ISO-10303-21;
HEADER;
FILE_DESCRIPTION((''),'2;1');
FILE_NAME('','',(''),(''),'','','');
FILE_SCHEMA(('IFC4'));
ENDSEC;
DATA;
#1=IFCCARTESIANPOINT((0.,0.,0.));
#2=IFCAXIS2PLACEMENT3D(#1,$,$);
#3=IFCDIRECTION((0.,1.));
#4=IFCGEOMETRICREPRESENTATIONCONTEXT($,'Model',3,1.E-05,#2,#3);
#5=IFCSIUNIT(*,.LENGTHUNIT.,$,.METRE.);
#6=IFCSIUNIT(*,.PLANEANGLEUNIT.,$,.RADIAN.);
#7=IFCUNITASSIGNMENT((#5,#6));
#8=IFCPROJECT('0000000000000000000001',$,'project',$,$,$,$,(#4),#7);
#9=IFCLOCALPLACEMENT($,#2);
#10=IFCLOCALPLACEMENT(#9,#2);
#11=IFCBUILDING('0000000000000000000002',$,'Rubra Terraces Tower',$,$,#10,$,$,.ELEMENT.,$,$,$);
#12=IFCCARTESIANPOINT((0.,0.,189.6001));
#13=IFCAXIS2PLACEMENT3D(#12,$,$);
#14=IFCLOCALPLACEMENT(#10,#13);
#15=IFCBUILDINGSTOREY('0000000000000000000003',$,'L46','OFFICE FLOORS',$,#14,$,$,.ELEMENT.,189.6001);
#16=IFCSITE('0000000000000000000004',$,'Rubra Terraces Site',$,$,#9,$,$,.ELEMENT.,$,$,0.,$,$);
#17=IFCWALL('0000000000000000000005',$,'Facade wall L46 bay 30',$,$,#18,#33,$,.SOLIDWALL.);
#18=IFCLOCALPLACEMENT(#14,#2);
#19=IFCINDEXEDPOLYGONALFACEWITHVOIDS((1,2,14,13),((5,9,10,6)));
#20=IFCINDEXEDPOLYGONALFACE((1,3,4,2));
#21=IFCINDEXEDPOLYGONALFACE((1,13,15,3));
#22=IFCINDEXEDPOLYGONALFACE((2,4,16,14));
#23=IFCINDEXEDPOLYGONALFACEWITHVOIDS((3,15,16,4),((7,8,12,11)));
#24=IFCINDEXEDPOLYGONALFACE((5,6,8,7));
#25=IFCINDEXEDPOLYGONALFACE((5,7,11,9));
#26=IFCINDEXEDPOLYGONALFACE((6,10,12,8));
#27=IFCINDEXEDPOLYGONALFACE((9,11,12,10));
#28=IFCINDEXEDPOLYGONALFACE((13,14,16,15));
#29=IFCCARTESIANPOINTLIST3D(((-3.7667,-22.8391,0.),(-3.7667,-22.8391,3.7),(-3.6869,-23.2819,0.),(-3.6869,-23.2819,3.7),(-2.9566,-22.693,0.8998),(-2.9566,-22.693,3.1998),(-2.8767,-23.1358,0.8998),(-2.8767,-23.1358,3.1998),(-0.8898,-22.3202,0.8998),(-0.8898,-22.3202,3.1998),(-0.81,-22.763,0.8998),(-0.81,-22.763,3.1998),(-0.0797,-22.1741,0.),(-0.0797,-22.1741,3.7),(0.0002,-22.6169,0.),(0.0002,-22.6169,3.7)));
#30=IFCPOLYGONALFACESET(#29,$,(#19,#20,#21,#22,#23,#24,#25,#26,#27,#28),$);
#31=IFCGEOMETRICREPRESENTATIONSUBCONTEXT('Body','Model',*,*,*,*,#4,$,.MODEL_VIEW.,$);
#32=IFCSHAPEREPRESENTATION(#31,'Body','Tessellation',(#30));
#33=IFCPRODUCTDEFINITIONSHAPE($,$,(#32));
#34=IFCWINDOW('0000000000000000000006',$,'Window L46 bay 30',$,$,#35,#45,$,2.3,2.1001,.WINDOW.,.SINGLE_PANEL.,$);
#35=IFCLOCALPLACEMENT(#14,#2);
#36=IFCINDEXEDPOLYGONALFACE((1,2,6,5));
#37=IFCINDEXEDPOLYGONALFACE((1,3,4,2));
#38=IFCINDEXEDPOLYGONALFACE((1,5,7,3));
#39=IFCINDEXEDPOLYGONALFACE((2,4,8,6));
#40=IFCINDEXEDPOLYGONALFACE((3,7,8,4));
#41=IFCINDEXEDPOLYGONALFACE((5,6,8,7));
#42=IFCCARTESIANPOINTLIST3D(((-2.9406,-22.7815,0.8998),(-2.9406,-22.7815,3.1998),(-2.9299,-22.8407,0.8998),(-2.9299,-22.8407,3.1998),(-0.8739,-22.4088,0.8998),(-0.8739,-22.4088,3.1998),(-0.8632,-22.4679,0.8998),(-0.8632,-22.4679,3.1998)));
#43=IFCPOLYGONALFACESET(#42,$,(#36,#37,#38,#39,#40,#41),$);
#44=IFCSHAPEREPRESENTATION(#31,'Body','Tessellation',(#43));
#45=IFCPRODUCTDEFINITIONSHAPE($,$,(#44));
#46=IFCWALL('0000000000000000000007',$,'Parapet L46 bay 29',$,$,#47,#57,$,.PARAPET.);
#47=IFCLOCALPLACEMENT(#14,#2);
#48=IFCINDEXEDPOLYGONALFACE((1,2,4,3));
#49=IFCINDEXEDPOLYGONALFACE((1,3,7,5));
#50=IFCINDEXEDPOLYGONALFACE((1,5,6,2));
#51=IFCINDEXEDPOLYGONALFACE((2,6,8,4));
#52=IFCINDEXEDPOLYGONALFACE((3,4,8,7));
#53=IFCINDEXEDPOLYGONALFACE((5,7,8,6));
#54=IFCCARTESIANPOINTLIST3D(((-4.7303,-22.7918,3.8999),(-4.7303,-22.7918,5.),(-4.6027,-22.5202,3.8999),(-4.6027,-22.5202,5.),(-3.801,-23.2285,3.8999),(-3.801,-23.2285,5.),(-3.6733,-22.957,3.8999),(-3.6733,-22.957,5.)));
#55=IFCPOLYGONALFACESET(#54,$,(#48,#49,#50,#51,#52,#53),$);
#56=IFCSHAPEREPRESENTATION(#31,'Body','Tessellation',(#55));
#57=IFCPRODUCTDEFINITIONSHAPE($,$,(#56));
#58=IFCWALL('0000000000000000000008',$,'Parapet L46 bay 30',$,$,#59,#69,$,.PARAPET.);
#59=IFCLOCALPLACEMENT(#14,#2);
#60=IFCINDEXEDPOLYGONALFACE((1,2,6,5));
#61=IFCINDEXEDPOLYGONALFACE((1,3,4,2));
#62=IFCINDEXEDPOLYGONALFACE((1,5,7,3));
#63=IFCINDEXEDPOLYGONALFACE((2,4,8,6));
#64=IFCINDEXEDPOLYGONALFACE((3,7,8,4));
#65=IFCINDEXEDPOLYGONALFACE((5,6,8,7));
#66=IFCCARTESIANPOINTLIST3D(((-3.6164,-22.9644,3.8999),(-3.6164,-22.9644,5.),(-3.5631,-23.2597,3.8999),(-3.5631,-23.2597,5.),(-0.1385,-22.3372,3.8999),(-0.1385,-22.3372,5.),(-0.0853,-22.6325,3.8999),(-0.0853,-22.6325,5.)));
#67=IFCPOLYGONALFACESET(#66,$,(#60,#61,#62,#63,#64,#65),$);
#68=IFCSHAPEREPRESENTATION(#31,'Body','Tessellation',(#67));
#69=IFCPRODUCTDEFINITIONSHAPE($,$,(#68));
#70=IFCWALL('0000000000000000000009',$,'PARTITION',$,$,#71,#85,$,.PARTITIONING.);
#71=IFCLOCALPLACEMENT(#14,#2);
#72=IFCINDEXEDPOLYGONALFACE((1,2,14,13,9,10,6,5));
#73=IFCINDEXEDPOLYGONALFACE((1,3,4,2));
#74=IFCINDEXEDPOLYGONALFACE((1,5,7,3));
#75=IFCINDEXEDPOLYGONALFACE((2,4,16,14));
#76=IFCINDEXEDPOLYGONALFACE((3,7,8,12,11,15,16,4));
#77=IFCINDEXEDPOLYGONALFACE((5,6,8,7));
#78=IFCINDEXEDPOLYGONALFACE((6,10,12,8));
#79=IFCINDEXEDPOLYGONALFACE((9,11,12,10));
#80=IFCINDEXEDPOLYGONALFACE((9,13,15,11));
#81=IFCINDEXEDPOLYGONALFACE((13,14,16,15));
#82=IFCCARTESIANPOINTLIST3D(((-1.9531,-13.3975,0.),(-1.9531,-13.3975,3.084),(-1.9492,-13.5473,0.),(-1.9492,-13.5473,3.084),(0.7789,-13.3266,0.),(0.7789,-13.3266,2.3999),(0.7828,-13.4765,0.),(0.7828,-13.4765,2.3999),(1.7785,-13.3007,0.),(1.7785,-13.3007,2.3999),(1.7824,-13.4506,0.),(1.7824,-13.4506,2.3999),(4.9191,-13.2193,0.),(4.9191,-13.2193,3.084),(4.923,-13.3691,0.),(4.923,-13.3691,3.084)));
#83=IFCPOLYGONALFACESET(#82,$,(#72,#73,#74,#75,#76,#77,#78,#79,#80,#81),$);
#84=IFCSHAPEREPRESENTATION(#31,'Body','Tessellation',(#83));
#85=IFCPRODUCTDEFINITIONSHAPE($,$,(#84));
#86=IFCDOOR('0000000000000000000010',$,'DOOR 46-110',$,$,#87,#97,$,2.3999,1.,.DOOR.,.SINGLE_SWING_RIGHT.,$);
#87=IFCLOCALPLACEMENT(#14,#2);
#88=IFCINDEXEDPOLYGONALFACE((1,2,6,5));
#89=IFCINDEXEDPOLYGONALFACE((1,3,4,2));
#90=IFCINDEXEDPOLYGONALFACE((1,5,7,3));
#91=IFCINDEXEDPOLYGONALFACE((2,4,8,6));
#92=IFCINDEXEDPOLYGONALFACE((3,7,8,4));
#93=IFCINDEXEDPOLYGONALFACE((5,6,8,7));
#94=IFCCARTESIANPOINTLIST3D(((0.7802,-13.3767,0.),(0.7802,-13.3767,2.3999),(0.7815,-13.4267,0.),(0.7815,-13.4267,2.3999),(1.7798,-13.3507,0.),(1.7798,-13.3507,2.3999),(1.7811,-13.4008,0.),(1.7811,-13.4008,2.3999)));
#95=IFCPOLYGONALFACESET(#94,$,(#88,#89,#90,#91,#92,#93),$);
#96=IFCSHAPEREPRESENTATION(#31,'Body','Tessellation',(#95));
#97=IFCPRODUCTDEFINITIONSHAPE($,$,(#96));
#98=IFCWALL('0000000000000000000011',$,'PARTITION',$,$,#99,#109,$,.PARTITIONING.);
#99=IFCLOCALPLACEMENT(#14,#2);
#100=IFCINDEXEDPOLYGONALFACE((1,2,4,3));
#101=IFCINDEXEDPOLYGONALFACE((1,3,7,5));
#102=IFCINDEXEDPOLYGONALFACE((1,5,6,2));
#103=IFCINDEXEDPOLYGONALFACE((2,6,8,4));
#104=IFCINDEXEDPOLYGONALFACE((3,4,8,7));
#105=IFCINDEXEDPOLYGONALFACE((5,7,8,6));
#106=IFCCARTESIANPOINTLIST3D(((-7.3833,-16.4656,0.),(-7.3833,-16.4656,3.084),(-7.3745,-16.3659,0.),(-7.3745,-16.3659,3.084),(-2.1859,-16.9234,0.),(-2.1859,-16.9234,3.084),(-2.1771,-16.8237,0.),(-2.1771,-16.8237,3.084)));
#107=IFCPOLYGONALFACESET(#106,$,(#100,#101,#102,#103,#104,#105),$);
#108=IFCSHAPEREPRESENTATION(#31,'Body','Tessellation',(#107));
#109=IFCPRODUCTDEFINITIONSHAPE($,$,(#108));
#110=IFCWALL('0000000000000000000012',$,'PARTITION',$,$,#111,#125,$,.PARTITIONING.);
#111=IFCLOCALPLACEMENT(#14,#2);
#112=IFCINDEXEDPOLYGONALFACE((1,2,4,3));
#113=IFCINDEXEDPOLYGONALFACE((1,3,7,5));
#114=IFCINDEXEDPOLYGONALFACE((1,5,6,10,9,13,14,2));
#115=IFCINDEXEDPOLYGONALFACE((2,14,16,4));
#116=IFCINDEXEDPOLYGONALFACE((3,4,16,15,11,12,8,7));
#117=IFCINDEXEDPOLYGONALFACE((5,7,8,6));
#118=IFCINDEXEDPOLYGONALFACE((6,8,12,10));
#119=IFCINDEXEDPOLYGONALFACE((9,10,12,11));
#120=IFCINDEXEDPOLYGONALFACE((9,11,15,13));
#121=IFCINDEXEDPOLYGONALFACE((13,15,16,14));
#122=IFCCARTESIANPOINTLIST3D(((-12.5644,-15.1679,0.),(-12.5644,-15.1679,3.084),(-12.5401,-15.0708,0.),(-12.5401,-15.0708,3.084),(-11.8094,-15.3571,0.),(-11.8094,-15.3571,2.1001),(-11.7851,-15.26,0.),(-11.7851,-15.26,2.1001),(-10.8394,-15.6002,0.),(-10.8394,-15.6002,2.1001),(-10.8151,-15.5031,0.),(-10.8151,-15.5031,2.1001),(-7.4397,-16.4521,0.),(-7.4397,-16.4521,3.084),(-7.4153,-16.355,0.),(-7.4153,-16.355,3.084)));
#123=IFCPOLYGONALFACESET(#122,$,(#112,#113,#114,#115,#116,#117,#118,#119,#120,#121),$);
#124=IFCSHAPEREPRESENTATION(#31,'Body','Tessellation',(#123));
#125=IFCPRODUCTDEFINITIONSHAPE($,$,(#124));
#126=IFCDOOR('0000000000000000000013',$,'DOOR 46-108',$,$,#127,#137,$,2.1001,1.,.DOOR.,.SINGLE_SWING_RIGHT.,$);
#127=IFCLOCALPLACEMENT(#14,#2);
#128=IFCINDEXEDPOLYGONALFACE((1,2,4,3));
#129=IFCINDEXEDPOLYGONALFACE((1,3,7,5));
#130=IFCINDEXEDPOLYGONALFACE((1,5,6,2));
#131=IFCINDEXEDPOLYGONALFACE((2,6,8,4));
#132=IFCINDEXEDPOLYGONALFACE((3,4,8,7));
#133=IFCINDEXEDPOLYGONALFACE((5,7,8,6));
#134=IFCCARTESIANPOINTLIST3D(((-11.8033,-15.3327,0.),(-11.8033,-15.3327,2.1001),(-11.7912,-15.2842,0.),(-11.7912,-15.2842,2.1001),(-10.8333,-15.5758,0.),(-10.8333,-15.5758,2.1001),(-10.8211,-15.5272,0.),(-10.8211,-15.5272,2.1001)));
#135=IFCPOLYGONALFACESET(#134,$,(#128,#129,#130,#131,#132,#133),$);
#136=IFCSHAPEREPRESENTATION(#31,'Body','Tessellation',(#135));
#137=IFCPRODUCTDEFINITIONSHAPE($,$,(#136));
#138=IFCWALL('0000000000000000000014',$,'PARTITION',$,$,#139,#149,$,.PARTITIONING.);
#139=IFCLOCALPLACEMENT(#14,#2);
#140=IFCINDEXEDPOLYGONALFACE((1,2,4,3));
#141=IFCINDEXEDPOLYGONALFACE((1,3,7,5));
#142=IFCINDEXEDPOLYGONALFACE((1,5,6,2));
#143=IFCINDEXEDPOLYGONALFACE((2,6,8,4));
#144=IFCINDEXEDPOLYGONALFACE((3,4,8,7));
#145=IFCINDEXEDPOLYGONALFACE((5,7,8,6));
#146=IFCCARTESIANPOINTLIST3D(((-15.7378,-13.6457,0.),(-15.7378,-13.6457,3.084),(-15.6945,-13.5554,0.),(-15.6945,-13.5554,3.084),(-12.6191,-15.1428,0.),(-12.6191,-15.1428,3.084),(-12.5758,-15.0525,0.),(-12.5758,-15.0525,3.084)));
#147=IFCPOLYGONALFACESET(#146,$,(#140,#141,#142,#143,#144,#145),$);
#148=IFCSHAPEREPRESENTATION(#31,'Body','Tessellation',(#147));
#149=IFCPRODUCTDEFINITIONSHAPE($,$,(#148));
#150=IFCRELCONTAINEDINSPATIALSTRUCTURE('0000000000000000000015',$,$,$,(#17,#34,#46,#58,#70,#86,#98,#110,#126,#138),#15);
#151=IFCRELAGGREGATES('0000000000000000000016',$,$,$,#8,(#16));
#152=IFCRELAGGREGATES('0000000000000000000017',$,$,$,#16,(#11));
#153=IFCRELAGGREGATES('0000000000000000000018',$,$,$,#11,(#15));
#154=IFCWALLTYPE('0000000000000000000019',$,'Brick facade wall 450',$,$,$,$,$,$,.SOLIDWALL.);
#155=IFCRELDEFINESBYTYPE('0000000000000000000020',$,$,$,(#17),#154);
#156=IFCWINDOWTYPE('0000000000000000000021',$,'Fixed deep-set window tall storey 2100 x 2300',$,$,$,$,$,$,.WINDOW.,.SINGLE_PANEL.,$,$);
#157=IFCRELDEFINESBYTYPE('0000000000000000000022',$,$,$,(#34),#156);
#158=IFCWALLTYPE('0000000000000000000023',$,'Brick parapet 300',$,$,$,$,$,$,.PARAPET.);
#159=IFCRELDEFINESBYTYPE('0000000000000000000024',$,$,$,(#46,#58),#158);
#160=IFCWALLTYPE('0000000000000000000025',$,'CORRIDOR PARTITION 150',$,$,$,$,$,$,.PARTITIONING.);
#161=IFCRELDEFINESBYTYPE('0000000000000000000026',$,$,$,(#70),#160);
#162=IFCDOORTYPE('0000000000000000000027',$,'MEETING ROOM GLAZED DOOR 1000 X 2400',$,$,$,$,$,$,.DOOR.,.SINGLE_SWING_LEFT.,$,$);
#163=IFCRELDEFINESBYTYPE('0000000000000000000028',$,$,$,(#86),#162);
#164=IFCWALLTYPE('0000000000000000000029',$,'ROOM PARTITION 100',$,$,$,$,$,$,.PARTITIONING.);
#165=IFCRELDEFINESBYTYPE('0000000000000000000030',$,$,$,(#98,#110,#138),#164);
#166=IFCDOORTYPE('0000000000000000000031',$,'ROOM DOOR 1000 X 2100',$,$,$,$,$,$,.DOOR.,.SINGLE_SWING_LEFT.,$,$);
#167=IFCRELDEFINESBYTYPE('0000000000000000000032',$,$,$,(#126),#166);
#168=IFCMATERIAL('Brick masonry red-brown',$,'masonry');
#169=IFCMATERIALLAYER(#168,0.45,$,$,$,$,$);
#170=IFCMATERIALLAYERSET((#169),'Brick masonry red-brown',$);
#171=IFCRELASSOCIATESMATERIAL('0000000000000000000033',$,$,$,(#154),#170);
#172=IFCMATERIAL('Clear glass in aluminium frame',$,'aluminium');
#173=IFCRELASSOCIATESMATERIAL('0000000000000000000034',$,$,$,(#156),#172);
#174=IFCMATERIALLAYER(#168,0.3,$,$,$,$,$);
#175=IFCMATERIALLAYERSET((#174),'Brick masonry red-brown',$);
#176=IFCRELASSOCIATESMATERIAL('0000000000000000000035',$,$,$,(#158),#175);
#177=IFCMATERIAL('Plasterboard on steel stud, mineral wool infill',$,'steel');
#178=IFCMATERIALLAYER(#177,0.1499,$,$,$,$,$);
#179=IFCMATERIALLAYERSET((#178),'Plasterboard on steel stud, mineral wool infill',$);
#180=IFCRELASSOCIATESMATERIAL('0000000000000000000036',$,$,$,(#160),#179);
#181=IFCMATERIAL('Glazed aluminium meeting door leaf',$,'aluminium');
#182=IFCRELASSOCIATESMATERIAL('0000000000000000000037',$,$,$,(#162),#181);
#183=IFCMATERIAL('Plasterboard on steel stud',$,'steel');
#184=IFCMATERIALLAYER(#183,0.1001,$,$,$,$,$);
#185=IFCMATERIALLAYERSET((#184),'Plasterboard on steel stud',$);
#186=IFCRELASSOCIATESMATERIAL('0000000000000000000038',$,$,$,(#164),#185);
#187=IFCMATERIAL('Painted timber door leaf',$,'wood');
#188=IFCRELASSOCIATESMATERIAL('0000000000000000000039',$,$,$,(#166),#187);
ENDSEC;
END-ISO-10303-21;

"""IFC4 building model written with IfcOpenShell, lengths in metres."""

from ifc_helpers import new_model, si_unit, direction, frame, frame_2d, origin, place, context, subcontext, project, spatial, rectangle, extrude, material, layer, layer_set, type_object, element, fill, save


model = new_model("IFC4")

# Units and contexts
model_context = context("Model", 3, precision=1e-05, world=origin(), true_north=direction((0.0, 1.0)))
body_context = subcontext(model_context, "Body", "Model", "MODEL_VIEW")
ifc_project = project(units=[si_unit("LENGTHUNIT", "METRE"), si_unit("PLANEANGLEUNIT", "RADIAN")], contexts=[model_context])

# Site, building, storey
site_placement = place(None, origin())
site = spatial("IfcSite", under=ifc_project, at=site_placement, Name="Rubra Terraces Site", CompositionType="ELEMENT", RefElevation=0.0)
building_placement = place(site_placement, origin())
building = spatial("IfcBuilding", under=site, at=building_placement, Name="Rubra Terraces Tower", CompositionType="ELEMENT")
storey_placement = place(building_placement, frame((0.0, 0.0, 189.6001)))
storey = spatial("IfcBuildingStorey", under=building, at=storey_placement, Name="L46", Description="OFFICE FLOORS", CompositionType="ELEMENT", Elevation=189.6001)

# Wall, opening, window
ifc_material_1 = material(Name="Brick masonry red-brown", Category="masonry")
ifc_layer_1 = layer(ifc_material_1, 0.45)
ifc_layer_set_1 = layer_set([ifc_layer_1], Name="Brick masonry red-brown")
wall_type_1 = type_object("IfcWallType", Name="Brick facade wall 450", PredefinedType="SOLIDWALL", material=ifc_layer_set_1)
ifc_material_2 = material(Name="Clear glass in aluminium frame", Category="aluminium")
window_type = type_object("IfcWindowType", Name="Fixed deep-set window tall storey 2100 x 2300", PartitioningType="SINGLE_PANEL", PredefinedType="WINDOW", material=ifc_material_2)
wall_1_placement = place(storey_placement, frame((-3.7268, -23.0605, 0.0), z_axis=(0.0, 0.0, 1.0), x_axis=(0.984119, 0.177509, 0.0)))
wall_1 = element("IfcWall", 1, at=wall_1_placement, inside=storey, type_object=wall_type_1, Name="Facade wall L46 bay 30", PredefinedType="SOLIDWALL", context=body_context, shape_type="SweptSolid", body=[
    extrude(rectangle(XDim=3.7466, YDim=0.45, at=frame_2d((1.8733, 0.0))), origin(), (0.0, 0.0, 1.0), 3.7),
])
opening_1_placement = place(wall_1_placement, frame((0.8232, 0.0, 0.8999)))
opening_1 = element("IfcOpeningElement", 2, at=opening_1_placement, cuts=wall_1, PredefinedType="OPENING", context=body_context, shape_type="SweptSolid", body=[
    extrude(rectangle(XDim=2.1001, YDim=2.3, at=frame_2d((1.05, 1.1499))), frame((0.0, 0.2349, 0.0), z_axis=(0.0, -1.0, 0.0), x_axis=(1.0, 0.0, 0.0)), (0.0, 0.0, 1.0), 0.47),
])
window_1_placement = place(opening_1_placement, origin())
window_1 = element("IfcWindow", 3, at=window_1_placement, inside=storey, type_object=window_type, Name="Window L46 bay 30", OverallHeight=2.3, OverallWidth=2.1001, PartitioningType="SINGLE_PANEL", PredefinedType="WINDOW", context=body_context, shape_type="SweptSolid", body=[
    extrude(rectangle(XDim=2.1001, YDim=2.3, at=frame_2d((1.05, 1.1499))), frame((0.0, 0.135, 0.0), z_axis=(0.0, -1.0, 0.0), x_axis=(1.0, 0.0, 0.0)), (0.0, 0.0, 1.0), 0.0601),
])
fill(opening_1, window_1)

# Walls
ifc_layer_2 = layer(ifc_material_1, 0.3)
ifc_layer_set_2 = layer_set([ifc_layer_2], Name="Brick masonry red-brown")
wall_type_2 = type_object("IfcWallType", Name="Brick parapet 300", PredefinedType="PARAPET", material=ifc_layer_set_2)
wall_2_placement = place(storey_placement, frame((-4.6665, -22.656, 3.8999), z_axis=(0.0, 0.0, 1.0), x_axis=(0.90505, -0.425305, 0.0)))
element("IfcWall", 4, at=wall_2_placement, inside=storey, type_object=wall_type_2, Name="Parapet L46 bay 29", PredefinedType="PARAPET", context=body_context, shape_type="SweptSolid", body=[
    extrude(rectangle(XDim=1.0269, YDim=0.3, at=frame_2d((0.5134, 0.0))), origin(), (0.0, 0.0, 1.0), 1.1001),
])
wall_3_placement = place(storey_placement, frame((-3.5898, -23.1121, 3.8999), z_axis=(0.0, 0.0, 1.0), x_axis=(0.984124, 0.177481, 0.0)))
element("IfcWall", 5, at=wall_3_placement, inside=storey, type_object=wall_type_2, Name="Parapet L46 bay 30", PredefinedType="PARAPET", context=body_context, shape_type="SweptSolid", body=[
    extrude(rectangle(XDim=3.5339, YDim=0.3, at=frame_2d((1.7671, 0.0))), origin(), (0.0, 0.0, 1.0), 1.1001),
])

# Wall, opening, door
ifc_material_3 = material(Name="Plasterboard on steel stud, mineral wool infill", Category="steel")
ifc_layer_3 = layer(ifc_material_3, 0.1499)
ifc_layer_set_3 = layer_set([ifc_layer_3], Name="Plasterboard on steel stud, mineral wool infill")
wall_type_3 = type_object("IfcWallType", Name="CORRIDOR PARTITION 150", PredefinedType="PARTITIONING", material=ifc_layer_set_3)
wall_4_placement = place(storey_placement, frame((-1.9512, -13.4724, 0.0), z_axis=(0.0, 0.0, 1.0), x_axis=(0.999664, 0.025925, 0.0)))
wall_4 = element("IfcWall", 6, at=wall_4_placement, inside=storey, type_object=wall_type_3, Name="PARTITION", PredefinedType="PARTITIONING", context=body_context, shape_type="SweptSolid", body=[
    extrude(rectangle(XDim=6.8745, YDim=0.1499, at=frame_2d((3.4373, 0.0))), origin(), (0.0, 0.0, 1.0), 3.084),
])
opening_2_placement = place(wall_4_placement, frame((2.7329, 0.0, 0.0)))
opening_2 = element("IfcOpeningElement", 7, at=opening_2_placement, cuts=wall_4, PredefinedType="OPENING", context=body_context, shape_type="SweptSolid", body=[
    extrude(rectangle(XDim=1.0, YDim=2.3999, at=frame_2d((0.5, 1.2))), frame((0.0, 0.085, 0.0), z_axis=(0.0, -1.0, 0.0), x_axis=(1.0, 0.0, 0.0)), (0.0, 0.0, 1.0), 0.1699),
])
ifc_material_4 = material(Name="Glazed aluminium meeting door leaf", Category="aluminium")
door_type_1 = type_object("IfcDoorType", Name="MEETING ROOM GLAZED DOOR 1000 X 2400", OperationType="SINGLE_SWING_LEFT", PredefinedType="DOOR", material=ifc_material_4)
door_1_placement = place(opening_2_placement, origin())
door_1 = element("IfcDoor", 8, at=door_1_placement, inside=storey, type_object=door_type_1, Name="DOOR 46-110", OperationType="SINGLE_SWING_RIGHT", OverallHeight=2.3999, OverallWidth=1.0, PredefinedType="DOOR", context=body_context, shape_type="SweptSolid", body=[
    extrude(rectangle(XDim=1.0, YDim=2.3999, at=frame_2d((0.5, 1.2))), frame((0.0, 0.0249, 0.0), z_axis=(0.0, -1.0, 0.0), x_axis=(1.0, 0.0, 0.0)), (0.0, 0.0, 1.0), 0.05),
])
fill(opening_2, door_1)

# Wall
ifc_material_5 = material(Name="Plasterboard on steel stud", Category="steel")
ifc_layer_4 = layer(ifc_material_5, 0.1001)
ifc_layer_set_4 = layer_set([ifc_layer_4], Name="Plasterboard on steel stud")
wall_type_4 = type_object("IfcWallType", Name="ROOM PARTITION 100", PredefinedType="PARTITIONING", material=ifc_layer_set_4)
wall_5_placement = place(storey_placement, frame((-2.1814, -16.8735, 0.0), z_axis=(0.0, 0.0, 1.0), x_axis=(-0.996144, 0.087734, 0.0)))
element("IfcWall", 9, at=wall_5_placement, inside=storey, type_object=wall_type_4, Name="PARTITION", PredefinedType="PARTITIONING", context=body_context, shape_type="SweptSolid", body=[
    extrude(rectangle(XDim=5.2175, YDim=0.1001, at=frame_2d((2.6089, 0.0))), origin(), (0.0, 0.0, 1.0), 3.084),
])

# Wall, opening, door
wall_6_placement = place(storey_placement, frame((-7.4275, -16.4036, 0.0), z_axis=(0.0, 0.0, 1.0), x_axis=(-0.970009, 0.243068, 0.0)))
wall_6 = element("IfcWall", 10, at=wall_6_placement, inside=storey, type_object=wall_type_4, Name="PARTITION", PredefinedType="PARTITIONING", context=body_context, shape_type="SweptSolid", body=[
    extrude(rectangle(XDim=5.2832, YDim=0.1001, at=frame_2d((2.6416, 0.0))), origin(), (0.0, 0.0, 1.0), 3.084),
])
opening_3_placement = place(wall_6_placement, frame((3.5049, 0.0, 0.0)))
opening_3 = element("IfcOpeningElement", 11, at=opening_3_placement, cuts=wall_6, PredefinedType="OPENING", context=body_context, shape_type="SweptSolid", body=[
    extrude(rectangle(XDim=1.0, YDim=2.1001, at=frame_2d((0.5, 1.05))), frame((0.0, 0.0601, 0.0), z_axis=(0.0, -1.0, 0.0), x_axis=(1.0, 0.0, 0.0)), (0.0, 0.0, 1.0), 0.1201),
])
ifc_material_6 = material(Name="Painted timber door leaf", Category="wood")
door_type_2 = type_object("IfcDoorType", Name="ROOM DOOR 1000 X 2100", OperationType="SINGLE_SWING_LEFT", PredefinedType="DOOR", material=ifc_material_6)
door_2_placement = place(opening_3_placement, origin())
door_2 = element("IfcDoor", 12, at=door_2_placement, inside=storey, type_object=door_type_2, Name="DOOR 46-108", OperationType="SINGLE_SWING_RIGHT", OverallHeight=2.1001, OverallWidth=1.0, PredefinedType="DOOR", context=body_context, shape_type="SweptSolid", body=[
    extrude(rectangle(XDim=1.0, YDim=2.1001, at=frame_2d((0.5, 1.05))), frame((0.0, 0.0249, 0.0), z_axis=(0.0, -1.0, 0.0), x_axis=(1.0, 0.0, 0.0)), (0.0, 0.0, 1.0), 0.05),
])
fill(opening_3, door_2)

# Wall
wall_7_placement = place(storey_placement, frame((-12.5974, -15.0977, 0.0), z_axis=(0.0, 0.0, 1.0), x_axis=(-0.90151, 0.432759, 0.0)))
element("IfcWall", 13, at=wall_7_placement, inside=storey, type_object=wall_type_4, Name="PARTITION", PredefinedType="PARTITIONING", context=body_context, shape_type="SweptSolid", body=[
    extrude(rectangle(XDim=3.4595, YDim=0.1001, at=frame_2d((1.7297, 0.0))), origin(), (0.0, 0.0, 1.0), 3.084),
])

save(model, "model.ifc")
